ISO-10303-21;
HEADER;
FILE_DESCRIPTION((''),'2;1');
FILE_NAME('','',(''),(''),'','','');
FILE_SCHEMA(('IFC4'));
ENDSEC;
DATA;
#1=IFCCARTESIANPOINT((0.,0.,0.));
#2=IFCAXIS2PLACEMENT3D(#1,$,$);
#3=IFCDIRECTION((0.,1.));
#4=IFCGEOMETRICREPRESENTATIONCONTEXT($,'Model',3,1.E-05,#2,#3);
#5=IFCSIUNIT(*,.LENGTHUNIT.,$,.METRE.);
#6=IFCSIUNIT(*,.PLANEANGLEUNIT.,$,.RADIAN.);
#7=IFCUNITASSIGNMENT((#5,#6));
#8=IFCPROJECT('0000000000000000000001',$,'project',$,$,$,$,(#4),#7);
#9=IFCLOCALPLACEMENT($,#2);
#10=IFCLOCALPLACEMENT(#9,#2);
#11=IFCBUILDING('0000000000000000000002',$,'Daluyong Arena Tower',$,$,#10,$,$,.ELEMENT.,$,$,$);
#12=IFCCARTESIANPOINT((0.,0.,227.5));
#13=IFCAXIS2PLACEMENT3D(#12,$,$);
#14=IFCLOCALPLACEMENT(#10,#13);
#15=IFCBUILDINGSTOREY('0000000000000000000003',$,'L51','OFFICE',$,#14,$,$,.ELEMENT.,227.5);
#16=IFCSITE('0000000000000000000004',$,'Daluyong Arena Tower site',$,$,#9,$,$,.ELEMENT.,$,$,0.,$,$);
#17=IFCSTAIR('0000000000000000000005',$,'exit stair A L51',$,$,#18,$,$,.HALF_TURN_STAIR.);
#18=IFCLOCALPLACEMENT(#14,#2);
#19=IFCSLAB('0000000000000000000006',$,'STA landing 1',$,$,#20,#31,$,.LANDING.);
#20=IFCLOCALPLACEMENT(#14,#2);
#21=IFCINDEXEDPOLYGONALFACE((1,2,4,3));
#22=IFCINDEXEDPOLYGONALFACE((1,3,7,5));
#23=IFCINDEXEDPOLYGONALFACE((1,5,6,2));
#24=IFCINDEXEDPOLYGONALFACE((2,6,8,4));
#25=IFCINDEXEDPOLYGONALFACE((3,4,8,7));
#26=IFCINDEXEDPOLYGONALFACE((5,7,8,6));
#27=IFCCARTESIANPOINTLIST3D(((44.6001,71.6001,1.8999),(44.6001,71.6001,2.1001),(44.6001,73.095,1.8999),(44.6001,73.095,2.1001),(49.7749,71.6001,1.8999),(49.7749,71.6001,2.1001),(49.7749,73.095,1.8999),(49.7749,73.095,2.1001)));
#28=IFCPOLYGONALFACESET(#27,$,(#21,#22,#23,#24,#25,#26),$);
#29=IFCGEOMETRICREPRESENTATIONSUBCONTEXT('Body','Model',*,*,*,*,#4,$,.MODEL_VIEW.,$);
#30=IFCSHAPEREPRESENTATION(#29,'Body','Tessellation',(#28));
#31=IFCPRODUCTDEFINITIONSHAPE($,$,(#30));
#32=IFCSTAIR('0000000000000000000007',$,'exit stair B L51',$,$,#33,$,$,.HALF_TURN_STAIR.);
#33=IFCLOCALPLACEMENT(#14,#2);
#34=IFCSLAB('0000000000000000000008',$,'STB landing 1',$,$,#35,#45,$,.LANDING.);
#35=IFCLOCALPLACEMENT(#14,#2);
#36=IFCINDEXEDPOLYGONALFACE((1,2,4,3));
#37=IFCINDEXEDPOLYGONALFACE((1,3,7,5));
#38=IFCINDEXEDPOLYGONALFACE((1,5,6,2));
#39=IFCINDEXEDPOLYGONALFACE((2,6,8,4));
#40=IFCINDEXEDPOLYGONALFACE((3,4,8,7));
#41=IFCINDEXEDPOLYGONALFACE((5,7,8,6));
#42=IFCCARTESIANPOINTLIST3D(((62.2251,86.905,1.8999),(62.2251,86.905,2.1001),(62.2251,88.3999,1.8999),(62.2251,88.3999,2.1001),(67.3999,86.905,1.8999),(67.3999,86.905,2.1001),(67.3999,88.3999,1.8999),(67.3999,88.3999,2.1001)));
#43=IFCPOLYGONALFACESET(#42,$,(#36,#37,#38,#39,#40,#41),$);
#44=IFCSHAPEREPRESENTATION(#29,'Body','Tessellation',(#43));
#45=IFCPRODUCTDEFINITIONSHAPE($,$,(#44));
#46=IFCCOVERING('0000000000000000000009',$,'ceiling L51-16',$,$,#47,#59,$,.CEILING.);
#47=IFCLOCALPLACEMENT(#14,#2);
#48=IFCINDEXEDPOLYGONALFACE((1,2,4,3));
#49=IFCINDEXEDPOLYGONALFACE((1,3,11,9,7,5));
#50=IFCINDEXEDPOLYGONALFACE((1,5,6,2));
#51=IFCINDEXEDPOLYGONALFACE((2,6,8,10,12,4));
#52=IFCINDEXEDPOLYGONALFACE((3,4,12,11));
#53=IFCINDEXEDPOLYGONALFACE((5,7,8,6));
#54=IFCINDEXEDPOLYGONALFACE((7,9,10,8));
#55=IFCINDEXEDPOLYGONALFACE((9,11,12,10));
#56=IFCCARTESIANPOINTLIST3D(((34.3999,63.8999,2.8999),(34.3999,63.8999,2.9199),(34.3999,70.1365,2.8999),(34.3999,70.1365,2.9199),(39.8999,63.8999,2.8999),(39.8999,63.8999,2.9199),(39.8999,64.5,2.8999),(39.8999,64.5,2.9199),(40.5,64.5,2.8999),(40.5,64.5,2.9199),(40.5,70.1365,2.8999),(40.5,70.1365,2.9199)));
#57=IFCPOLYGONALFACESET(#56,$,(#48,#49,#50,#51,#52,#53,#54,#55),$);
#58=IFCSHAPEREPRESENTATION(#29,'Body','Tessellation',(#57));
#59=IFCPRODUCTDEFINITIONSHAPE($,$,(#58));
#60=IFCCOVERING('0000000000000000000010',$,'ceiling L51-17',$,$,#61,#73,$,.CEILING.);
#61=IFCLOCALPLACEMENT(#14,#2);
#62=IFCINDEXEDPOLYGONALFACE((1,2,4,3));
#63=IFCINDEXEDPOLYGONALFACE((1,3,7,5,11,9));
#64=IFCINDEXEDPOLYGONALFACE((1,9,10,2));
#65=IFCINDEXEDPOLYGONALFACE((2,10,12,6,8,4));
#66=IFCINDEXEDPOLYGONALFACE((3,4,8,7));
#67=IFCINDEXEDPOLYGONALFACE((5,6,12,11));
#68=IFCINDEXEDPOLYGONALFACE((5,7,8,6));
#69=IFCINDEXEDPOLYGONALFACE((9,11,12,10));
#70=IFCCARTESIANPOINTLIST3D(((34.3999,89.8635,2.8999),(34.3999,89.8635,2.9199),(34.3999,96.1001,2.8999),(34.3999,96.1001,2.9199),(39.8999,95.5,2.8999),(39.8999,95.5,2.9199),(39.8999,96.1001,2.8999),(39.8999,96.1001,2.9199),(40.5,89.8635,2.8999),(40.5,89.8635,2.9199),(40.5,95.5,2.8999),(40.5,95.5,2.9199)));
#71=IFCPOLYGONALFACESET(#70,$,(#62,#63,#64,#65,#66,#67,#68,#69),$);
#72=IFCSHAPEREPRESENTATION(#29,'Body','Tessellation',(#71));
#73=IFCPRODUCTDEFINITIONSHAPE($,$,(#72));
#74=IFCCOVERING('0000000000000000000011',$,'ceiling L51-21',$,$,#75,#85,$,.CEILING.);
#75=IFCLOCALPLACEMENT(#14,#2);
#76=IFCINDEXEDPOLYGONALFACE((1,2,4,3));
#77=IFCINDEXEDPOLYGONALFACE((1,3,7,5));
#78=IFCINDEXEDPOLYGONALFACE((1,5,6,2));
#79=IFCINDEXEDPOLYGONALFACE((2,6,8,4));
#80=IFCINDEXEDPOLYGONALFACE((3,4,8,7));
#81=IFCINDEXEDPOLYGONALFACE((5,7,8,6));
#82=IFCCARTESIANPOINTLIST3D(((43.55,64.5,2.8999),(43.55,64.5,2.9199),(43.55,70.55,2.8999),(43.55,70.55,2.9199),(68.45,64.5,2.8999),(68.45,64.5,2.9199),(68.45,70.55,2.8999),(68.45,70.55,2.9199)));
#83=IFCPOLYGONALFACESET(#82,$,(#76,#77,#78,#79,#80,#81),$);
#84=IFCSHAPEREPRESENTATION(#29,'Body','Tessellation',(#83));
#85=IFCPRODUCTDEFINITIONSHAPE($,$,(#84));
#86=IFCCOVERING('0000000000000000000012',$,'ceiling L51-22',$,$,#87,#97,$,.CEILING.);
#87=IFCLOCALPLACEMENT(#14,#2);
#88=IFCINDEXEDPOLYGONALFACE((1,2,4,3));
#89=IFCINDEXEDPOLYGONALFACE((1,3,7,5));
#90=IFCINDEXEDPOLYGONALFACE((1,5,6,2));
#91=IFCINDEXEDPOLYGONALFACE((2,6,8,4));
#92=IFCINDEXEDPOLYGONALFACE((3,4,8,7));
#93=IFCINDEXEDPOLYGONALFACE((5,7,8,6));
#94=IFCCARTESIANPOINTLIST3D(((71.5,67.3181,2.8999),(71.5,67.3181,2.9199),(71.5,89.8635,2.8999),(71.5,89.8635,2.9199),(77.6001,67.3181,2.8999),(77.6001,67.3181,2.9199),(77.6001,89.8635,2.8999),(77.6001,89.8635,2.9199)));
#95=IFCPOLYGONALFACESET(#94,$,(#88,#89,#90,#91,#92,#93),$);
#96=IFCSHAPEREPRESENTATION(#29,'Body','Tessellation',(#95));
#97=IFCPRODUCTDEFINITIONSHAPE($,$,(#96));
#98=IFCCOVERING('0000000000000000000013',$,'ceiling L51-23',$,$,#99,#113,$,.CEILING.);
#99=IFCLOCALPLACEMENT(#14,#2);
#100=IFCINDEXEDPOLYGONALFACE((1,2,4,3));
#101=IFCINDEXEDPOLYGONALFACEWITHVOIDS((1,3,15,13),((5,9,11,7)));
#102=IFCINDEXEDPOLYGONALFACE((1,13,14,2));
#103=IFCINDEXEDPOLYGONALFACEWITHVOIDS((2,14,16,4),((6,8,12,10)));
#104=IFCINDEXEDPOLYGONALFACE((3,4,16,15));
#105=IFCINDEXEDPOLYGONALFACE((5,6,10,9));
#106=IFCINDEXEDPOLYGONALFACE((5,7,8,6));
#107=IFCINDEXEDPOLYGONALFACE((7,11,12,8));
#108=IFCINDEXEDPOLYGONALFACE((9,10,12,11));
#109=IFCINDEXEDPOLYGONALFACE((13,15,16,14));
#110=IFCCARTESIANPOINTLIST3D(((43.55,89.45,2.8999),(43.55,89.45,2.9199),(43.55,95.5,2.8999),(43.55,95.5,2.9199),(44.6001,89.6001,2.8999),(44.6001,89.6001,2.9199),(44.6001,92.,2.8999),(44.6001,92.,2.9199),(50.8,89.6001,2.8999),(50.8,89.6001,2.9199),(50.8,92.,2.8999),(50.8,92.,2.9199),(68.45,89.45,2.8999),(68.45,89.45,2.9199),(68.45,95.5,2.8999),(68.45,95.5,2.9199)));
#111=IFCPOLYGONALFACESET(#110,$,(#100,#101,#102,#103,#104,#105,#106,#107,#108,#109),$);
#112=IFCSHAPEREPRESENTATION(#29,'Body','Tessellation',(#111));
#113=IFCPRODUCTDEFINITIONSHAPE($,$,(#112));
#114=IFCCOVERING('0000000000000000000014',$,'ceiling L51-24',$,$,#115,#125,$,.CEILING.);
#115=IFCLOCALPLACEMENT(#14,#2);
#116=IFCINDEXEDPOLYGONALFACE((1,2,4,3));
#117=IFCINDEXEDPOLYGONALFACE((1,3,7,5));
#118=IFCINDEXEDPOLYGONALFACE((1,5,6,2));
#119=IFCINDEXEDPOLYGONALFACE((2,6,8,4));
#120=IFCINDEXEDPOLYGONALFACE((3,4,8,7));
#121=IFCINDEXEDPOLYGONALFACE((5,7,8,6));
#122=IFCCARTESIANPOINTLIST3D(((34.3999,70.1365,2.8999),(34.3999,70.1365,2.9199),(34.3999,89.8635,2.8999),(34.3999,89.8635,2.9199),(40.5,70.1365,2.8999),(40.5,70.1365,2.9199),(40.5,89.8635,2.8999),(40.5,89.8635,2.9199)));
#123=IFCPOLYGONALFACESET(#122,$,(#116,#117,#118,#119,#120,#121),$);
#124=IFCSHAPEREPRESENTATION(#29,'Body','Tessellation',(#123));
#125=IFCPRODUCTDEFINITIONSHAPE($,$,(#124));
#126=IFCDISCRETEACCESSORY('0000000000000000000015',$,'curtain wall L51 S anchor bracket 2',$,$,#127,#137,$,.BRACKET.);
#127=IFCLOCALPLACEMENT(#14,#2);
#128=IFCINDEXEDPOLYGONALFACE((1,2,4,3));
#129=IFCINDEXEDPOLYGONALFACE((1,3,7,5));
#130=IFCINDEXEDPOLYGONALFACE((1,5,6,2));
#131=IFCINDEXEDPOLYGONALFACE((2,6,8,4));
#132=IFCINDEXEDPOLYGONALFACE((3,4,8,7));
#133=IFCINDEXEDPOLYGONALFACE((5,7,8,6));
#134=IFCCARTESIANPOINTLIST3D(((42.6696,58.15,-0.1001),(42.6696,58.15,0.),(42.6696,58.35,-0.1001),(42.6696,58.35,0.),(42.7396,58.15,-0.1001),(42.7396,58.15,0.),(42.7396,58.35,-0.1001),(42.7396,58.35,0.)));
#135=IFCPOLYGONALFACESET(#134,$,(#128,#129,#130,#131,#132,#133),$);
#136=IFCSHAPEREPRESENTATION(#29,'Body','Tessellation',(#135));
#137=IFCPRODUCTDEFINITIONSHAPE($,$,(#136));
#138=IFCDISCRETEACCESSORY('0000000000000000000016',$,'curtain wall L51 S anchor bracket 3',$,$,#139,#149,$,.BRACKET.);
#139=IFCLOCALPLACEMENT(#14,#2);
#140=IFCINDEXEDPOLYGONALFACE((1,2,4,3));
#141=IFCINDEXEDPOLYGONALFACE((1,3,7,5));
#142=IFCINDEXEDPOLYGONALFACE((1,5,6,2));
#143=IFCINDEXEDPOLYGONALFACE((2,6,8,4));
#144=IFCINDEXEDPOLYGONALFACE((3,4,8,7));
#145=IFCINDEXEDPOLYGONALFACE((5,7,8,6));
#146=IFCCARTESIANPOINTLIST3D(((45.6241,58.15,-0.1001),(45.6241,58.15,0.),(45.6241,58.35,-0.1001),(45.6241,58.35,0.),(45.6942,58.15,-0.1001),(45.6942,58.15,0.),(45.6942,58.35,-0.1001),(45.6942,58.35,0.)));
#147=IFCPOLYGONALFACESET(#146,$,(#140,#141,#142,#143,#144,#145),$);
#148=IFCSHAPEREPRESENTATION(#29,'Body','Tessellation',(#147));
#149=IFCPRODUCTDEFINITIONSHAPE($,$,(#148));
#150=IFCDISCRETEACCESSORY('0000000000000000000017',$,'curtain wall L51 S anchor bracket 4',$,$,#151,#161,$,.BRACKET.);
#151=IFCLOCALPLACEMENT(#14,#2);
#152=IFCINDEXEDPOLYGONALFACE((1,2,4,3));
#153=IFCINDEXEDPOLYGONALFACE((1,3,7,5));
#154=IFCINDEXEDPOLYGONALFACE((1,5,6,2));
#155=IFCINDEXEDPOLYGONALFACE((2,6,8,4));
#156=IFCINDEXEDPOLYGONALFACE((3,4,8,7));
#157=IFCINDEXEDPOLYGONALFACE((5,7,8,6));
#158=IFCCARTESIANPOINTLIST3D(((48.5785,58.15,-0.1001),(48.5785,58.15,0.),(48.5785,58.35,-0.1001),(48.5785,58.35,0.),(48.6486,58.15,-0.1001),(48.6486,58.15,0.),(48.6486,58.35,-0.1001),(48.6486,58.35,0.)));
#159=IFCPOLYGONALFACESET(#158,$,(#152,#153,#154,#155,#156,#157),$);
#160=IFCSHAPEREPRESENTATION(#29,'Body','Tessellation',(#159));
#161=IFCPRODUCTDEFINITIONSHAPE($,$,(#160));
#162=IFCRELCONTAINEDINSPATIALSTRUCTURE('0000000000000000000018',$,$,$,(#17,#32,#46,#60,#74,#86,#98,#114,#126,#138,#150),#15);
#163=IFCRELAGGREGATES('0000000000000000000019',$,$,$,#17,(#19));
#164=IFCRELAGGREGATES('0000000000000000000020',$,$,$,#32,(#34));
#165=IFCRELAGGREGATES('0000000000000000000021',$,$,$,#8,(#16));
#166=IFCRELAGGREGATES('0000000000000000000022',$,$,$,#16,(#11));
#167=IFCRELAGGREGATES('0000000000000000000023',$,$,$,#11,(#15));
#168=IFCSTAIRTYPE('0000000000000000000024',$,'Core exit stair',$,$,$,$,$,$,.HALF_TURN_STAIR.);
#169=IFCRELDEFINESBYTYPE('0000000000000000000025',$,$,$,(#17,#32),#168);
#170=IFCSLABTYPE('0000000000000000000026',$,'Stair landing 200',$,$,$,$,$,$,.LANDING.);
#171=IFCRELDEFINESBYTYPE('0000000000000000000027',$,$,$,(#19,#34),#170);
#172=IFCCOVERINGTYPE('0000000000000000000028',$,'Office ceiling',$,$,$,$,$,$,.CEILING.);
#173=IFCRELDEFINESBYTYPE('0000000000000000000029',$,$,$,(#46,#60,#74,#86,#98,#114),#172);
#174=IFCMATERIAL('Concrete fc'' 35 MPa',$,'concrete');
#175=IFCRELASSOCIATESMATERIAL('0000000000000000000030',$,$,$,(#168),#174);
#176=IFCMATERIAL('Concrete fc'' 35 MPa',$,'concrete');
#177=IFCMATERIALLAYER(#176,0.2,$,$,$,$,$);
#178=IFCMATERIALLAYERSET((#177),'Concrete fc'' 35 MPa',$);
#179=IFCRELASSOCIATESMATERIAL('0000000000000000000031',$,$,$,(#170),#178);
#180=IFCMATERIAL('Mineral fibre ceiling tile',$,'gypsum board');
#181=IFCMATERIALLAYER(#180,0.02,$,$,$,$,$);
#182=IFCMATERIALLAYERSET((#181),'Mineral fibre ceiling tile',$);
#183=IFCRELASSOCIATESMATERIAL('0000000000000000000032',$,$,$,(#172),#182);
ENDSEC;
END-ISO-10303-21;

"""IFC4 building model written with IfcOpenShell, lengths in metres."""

from ifc_helpers import new_model, si_unit, direction, frame, origin, origin_2d, place, context, subcontext, project, spatial, polyline, rectangle, outline, extrude, material, layer, layer_set, type_object, element, aggregate, save


model = new_model("IFC4")

# Units and contexts
model_context = context("Model", 3, precision=1e-05, world=origin(), true_north=direction((0.0, 1.0)))
body_context = subcontext(model_context, "Body", "Model", "MODEL_VIEW")
ifc_project = project(units=[si_unit("LENGTHUNIT", "METRE"), si_unit("PLANEANGLEUNIT", "RADIAN")], contexts=[model_context])

# Site, building, storey
site_placement = place(None, origin())
site = spatial("IfcSite", under=ifc_project, at=site_placement, Name="Daluyong Arena Tower site", CompositionType="ELEMENT", RefElevation=0.0)
building_placement = place(site_placement, origin())
building = spatial("IfcBuilding", under=site, at=building_placement, Name="Daluyong Arena Tower", CompositionType="ELEMENT")
storey_placement = place(building_placement, frame((0.0, 0.0, 227.5)))
storey = spatial("IfcBuildingStorey", under=building, at=storey_placement, Name="L51", Description="OFFICE", CompositionType="ELEMENT", Elevation=227.5)

# Stairs, slabs
ifc_material_1 = material(Name="Concrete fc' 35 MPa", Category="concrete")
stair_type = type_object("IfcStairType", Name="Core exit stair", PredefinedType="HALF_TURN_STAIR", material=ifc_material_1)
stair_1_placement = place(storey_placement, origin())
stair_1 = element("IfcStair", 1, at=stair_1_placement, inside=storey, type_object=stair_type, Name="exit stair A L51", PredefinedType="HALF_TURN_STAIR")
ifc_material_2 = material(Name="Concrete fc' 35 MPa", Category="concrete")
ifc_layer_1 = layer(ifc_material_2, 0.2)
ifc_layer_set_1 = layer_set([ifc_layer_1], Name="Concrete fc' 35 MPa")
slab_type = type_object("IfcSlabType", Name="Stair landing 200", PredefinedType="LANDING", material=ifc_layer_set_1)
slab_1_placement = place(storey_placement, frame((0.0, 0.0, 1.8999)))
slab_1 = element("IfcSlab", 2, at=slab_1_placement, type_object=slab_type, Name="STA landing 1", PredefinedType="LANDING", context=body_context, shape_type="SweptSolid", body=[
    extrude(outline(polyline([(44.6001, 71.6001), (49.7749, 71.6001), (49.7749, 73.095), (44.6001, 73.095), (44.6001, 71.6001)])), origin(), (0.0, 0.0, 1.0), 0.2002),
])
aggregate(stair_1, [slab_1])
stair_2_placement = place(storey_placement, origin())
stair_2 = element("IfcStair", 3, at=stair_2_placement, inside=storey, type_object=stair_type, Name="exit stair B L51", PredefinedType="HALF_TURN_STAIR")
slab_2_placement = place(storey_placement, frame((0.0, 0.0, 1.8999)))
slab_2 = element("IfcSlab", 4, at=slab_2_placement, type_object=slab_type, Name="STB landing 1", PredefinedType="LANDING", context=body_context, shape_type="SweptSolid", body=[
    extrude(outline(polyline([(62.2251, 86.905), (67.3999, 86.905), (67.3999, 88.3999), (62.2251, 88.3999), (62.2251, 86.905)])), origin(), (0.0, 0.0, 1.0), 0.2002),
])
aggregate(stair_2, [slab_2])

# Coverings
ifc_material_3 = material(Name="Mineral fibre ceiling tile", Category="gypsum board")
ifc_layer_2 = layer(ifc_material_3, 0.02)
ifc_layer_set_2 = layer_set([ifc_layer_2], Name="Mineral fibre ceiling tile")
covering_type = type_object("IfcCoveringType", Name="Office ceiling", PredefinedType="CEILING", material=ifc_layer_set_2)
covering_1_placement = place(storey_placement, frame((0.0, 0.0, 2.8999)))
element("IfcCovering", 5, at=covering_1_placement, inside=storey, type_object=covering_type, Name="ceiling L51-16", PredefinedType="CEILING", context=body_context, shape_type="SweptSolid", body=[
    extrude(outline(polyline([(34.3999, 63.8999), (39.8999, 63.8999), (39.8999, 64.5), (40.5, 64.5), (40.5, 70.1365), (34.3999, 70.1365), (34.3999, 63.8999)])), origin(), (0.0, 0.0, 1.0), 0.02),
])
covering_2_placement = place(storey_placement, frame((0.0, 0.0, 2.8999)))
element("IfcCovering", 6, at=covering_2_placement, inside=storey, type_object=covering_type, Name="ceiling L51-17", PredefinedType="CEILING", context=body_context, shape_type="SweptSolid", body=[
    extrude(outline(polyline([(40.5, 89.8635), (40.5, 95.5), (39.8999, 95.5), (39.8999, 96.1001), (34.3999, 96.1001), (34.3999, 89.8635), (40.5, 89.8635)])), origin(), (0.0, 0.0, 1.0), 0.02),
])
covering_3_placement = place(storey_placement, frame((0.0, 0.0, 2.8999)))
element("IfcCovering", 7, at=covering_3_placement, inside=storey, type_object=covering_type, Name="ceiling L51-21", PredefinedType="CEILING", context=body_context, shape_type="SweptSolid", body=[
    extrude(outline(polyline([(68.45, 64.5), (68.45, 70.55), (43.55, 70.55), (43.55, 64.5), (68.45, 64.5)])), origin(), (0.0, 0.0, 1.0), 0.02),
])
covering_4_placement = place(storey_placement, frame((0.0, 0.0, 2.8999)))
element("IfcCovering", 8, at=covering_4_placement, inside=storey, type_object=covering_type, Name="ceiling L51-22", PredefinedType="CEILING", context=body_context, shape_type="SweptSolid", body=[
    extrude(outline(polyline([(77.6001, 67.3181), (77.6001, 89.8635), (71.5, 89.8635), (71.5, 67.3181), (77.6001, 67.3181)])), origin(), (0.0, 0.0, 1.0), 0.02),
])
covering_5_placement = place(storey_placement, frame((0.0, 0.0, 2.8999)))
element("IfcCovering", 9, at=covering_5_placement, inside=storey, type_object=covering_type, Name="ceiling L51-23", PredefinedType="CEILING", context=body_context, shape_type="SweptSolid", body=[
    extrude(outline(polyline([(43.55, 95.5), (43.55, 89.45), (68.45, 89.45), (68.45, 95.5), (43.55, 95.5)]), holes=[polyline([(44.6001, 89.6001), (44.6001, 92.0), (50.8, 92.0), (50.8, 89.6001), (44.6001, 89.6001)])]), origin(), (0.0, 0.0, 1.0), 0.02),
])
covering_6_placement = place(storey_placement, frame((0.0, 0.0, 2.8999)))
element("IfcCovering", 10, at=covering_6_placement, inside=storey, type_object=covering_type, Name="ceiling L51-24", PredefinedType="CEILING", context=body_context, shape_type="SweptSolid", body=[
    extrude(outline(polyline([(34.3999, 70.1365), (40.5, 70.1365), (40.5, 89.8635), (34.3999, 89.8635), (34.3999, 70.1365)])), origin(), (0.0, 0.0, 1.0), 0.02),
])

# Discrete accessories
for number, where, z_axis, x_axis, name in (
    (11, (42.7046, 58.25, -0.1001), (0.0, 0.0, 1.0), (1.0, 0.0, 0.0), "curtain wall L51 S anchor bracket 2"),
    (12, (45.6592, 58.25, -0.1001), (0.0, 0.0, 1.0), (1.0, 0.0, 0.0), "curtain wall L51 S anchor bracket 3"),
    (13, (48.6135, 58.25, -0.1001), (0.0, 0.0, 1.0), (1.0, 0.0, 0.0), "curtain wall L51 S anchor bracket 4"),
):
    element("IfcDiscreteAccessory", number, at=place(storey_placement, frame(where, z_axis=z_axis, x_axis=x_axis)), inside=storey, Name=name, PredefinedType="BRACKET", context=body_context, shape_type="SweptSolid", body=[
        extrude(rectangle(XDim=0.0701, YDim=0.2, at=origin_2d()), origin(), (0.0, 0.0, 1.0), 0.1001),
    ])

save(model, "model.ifc")
